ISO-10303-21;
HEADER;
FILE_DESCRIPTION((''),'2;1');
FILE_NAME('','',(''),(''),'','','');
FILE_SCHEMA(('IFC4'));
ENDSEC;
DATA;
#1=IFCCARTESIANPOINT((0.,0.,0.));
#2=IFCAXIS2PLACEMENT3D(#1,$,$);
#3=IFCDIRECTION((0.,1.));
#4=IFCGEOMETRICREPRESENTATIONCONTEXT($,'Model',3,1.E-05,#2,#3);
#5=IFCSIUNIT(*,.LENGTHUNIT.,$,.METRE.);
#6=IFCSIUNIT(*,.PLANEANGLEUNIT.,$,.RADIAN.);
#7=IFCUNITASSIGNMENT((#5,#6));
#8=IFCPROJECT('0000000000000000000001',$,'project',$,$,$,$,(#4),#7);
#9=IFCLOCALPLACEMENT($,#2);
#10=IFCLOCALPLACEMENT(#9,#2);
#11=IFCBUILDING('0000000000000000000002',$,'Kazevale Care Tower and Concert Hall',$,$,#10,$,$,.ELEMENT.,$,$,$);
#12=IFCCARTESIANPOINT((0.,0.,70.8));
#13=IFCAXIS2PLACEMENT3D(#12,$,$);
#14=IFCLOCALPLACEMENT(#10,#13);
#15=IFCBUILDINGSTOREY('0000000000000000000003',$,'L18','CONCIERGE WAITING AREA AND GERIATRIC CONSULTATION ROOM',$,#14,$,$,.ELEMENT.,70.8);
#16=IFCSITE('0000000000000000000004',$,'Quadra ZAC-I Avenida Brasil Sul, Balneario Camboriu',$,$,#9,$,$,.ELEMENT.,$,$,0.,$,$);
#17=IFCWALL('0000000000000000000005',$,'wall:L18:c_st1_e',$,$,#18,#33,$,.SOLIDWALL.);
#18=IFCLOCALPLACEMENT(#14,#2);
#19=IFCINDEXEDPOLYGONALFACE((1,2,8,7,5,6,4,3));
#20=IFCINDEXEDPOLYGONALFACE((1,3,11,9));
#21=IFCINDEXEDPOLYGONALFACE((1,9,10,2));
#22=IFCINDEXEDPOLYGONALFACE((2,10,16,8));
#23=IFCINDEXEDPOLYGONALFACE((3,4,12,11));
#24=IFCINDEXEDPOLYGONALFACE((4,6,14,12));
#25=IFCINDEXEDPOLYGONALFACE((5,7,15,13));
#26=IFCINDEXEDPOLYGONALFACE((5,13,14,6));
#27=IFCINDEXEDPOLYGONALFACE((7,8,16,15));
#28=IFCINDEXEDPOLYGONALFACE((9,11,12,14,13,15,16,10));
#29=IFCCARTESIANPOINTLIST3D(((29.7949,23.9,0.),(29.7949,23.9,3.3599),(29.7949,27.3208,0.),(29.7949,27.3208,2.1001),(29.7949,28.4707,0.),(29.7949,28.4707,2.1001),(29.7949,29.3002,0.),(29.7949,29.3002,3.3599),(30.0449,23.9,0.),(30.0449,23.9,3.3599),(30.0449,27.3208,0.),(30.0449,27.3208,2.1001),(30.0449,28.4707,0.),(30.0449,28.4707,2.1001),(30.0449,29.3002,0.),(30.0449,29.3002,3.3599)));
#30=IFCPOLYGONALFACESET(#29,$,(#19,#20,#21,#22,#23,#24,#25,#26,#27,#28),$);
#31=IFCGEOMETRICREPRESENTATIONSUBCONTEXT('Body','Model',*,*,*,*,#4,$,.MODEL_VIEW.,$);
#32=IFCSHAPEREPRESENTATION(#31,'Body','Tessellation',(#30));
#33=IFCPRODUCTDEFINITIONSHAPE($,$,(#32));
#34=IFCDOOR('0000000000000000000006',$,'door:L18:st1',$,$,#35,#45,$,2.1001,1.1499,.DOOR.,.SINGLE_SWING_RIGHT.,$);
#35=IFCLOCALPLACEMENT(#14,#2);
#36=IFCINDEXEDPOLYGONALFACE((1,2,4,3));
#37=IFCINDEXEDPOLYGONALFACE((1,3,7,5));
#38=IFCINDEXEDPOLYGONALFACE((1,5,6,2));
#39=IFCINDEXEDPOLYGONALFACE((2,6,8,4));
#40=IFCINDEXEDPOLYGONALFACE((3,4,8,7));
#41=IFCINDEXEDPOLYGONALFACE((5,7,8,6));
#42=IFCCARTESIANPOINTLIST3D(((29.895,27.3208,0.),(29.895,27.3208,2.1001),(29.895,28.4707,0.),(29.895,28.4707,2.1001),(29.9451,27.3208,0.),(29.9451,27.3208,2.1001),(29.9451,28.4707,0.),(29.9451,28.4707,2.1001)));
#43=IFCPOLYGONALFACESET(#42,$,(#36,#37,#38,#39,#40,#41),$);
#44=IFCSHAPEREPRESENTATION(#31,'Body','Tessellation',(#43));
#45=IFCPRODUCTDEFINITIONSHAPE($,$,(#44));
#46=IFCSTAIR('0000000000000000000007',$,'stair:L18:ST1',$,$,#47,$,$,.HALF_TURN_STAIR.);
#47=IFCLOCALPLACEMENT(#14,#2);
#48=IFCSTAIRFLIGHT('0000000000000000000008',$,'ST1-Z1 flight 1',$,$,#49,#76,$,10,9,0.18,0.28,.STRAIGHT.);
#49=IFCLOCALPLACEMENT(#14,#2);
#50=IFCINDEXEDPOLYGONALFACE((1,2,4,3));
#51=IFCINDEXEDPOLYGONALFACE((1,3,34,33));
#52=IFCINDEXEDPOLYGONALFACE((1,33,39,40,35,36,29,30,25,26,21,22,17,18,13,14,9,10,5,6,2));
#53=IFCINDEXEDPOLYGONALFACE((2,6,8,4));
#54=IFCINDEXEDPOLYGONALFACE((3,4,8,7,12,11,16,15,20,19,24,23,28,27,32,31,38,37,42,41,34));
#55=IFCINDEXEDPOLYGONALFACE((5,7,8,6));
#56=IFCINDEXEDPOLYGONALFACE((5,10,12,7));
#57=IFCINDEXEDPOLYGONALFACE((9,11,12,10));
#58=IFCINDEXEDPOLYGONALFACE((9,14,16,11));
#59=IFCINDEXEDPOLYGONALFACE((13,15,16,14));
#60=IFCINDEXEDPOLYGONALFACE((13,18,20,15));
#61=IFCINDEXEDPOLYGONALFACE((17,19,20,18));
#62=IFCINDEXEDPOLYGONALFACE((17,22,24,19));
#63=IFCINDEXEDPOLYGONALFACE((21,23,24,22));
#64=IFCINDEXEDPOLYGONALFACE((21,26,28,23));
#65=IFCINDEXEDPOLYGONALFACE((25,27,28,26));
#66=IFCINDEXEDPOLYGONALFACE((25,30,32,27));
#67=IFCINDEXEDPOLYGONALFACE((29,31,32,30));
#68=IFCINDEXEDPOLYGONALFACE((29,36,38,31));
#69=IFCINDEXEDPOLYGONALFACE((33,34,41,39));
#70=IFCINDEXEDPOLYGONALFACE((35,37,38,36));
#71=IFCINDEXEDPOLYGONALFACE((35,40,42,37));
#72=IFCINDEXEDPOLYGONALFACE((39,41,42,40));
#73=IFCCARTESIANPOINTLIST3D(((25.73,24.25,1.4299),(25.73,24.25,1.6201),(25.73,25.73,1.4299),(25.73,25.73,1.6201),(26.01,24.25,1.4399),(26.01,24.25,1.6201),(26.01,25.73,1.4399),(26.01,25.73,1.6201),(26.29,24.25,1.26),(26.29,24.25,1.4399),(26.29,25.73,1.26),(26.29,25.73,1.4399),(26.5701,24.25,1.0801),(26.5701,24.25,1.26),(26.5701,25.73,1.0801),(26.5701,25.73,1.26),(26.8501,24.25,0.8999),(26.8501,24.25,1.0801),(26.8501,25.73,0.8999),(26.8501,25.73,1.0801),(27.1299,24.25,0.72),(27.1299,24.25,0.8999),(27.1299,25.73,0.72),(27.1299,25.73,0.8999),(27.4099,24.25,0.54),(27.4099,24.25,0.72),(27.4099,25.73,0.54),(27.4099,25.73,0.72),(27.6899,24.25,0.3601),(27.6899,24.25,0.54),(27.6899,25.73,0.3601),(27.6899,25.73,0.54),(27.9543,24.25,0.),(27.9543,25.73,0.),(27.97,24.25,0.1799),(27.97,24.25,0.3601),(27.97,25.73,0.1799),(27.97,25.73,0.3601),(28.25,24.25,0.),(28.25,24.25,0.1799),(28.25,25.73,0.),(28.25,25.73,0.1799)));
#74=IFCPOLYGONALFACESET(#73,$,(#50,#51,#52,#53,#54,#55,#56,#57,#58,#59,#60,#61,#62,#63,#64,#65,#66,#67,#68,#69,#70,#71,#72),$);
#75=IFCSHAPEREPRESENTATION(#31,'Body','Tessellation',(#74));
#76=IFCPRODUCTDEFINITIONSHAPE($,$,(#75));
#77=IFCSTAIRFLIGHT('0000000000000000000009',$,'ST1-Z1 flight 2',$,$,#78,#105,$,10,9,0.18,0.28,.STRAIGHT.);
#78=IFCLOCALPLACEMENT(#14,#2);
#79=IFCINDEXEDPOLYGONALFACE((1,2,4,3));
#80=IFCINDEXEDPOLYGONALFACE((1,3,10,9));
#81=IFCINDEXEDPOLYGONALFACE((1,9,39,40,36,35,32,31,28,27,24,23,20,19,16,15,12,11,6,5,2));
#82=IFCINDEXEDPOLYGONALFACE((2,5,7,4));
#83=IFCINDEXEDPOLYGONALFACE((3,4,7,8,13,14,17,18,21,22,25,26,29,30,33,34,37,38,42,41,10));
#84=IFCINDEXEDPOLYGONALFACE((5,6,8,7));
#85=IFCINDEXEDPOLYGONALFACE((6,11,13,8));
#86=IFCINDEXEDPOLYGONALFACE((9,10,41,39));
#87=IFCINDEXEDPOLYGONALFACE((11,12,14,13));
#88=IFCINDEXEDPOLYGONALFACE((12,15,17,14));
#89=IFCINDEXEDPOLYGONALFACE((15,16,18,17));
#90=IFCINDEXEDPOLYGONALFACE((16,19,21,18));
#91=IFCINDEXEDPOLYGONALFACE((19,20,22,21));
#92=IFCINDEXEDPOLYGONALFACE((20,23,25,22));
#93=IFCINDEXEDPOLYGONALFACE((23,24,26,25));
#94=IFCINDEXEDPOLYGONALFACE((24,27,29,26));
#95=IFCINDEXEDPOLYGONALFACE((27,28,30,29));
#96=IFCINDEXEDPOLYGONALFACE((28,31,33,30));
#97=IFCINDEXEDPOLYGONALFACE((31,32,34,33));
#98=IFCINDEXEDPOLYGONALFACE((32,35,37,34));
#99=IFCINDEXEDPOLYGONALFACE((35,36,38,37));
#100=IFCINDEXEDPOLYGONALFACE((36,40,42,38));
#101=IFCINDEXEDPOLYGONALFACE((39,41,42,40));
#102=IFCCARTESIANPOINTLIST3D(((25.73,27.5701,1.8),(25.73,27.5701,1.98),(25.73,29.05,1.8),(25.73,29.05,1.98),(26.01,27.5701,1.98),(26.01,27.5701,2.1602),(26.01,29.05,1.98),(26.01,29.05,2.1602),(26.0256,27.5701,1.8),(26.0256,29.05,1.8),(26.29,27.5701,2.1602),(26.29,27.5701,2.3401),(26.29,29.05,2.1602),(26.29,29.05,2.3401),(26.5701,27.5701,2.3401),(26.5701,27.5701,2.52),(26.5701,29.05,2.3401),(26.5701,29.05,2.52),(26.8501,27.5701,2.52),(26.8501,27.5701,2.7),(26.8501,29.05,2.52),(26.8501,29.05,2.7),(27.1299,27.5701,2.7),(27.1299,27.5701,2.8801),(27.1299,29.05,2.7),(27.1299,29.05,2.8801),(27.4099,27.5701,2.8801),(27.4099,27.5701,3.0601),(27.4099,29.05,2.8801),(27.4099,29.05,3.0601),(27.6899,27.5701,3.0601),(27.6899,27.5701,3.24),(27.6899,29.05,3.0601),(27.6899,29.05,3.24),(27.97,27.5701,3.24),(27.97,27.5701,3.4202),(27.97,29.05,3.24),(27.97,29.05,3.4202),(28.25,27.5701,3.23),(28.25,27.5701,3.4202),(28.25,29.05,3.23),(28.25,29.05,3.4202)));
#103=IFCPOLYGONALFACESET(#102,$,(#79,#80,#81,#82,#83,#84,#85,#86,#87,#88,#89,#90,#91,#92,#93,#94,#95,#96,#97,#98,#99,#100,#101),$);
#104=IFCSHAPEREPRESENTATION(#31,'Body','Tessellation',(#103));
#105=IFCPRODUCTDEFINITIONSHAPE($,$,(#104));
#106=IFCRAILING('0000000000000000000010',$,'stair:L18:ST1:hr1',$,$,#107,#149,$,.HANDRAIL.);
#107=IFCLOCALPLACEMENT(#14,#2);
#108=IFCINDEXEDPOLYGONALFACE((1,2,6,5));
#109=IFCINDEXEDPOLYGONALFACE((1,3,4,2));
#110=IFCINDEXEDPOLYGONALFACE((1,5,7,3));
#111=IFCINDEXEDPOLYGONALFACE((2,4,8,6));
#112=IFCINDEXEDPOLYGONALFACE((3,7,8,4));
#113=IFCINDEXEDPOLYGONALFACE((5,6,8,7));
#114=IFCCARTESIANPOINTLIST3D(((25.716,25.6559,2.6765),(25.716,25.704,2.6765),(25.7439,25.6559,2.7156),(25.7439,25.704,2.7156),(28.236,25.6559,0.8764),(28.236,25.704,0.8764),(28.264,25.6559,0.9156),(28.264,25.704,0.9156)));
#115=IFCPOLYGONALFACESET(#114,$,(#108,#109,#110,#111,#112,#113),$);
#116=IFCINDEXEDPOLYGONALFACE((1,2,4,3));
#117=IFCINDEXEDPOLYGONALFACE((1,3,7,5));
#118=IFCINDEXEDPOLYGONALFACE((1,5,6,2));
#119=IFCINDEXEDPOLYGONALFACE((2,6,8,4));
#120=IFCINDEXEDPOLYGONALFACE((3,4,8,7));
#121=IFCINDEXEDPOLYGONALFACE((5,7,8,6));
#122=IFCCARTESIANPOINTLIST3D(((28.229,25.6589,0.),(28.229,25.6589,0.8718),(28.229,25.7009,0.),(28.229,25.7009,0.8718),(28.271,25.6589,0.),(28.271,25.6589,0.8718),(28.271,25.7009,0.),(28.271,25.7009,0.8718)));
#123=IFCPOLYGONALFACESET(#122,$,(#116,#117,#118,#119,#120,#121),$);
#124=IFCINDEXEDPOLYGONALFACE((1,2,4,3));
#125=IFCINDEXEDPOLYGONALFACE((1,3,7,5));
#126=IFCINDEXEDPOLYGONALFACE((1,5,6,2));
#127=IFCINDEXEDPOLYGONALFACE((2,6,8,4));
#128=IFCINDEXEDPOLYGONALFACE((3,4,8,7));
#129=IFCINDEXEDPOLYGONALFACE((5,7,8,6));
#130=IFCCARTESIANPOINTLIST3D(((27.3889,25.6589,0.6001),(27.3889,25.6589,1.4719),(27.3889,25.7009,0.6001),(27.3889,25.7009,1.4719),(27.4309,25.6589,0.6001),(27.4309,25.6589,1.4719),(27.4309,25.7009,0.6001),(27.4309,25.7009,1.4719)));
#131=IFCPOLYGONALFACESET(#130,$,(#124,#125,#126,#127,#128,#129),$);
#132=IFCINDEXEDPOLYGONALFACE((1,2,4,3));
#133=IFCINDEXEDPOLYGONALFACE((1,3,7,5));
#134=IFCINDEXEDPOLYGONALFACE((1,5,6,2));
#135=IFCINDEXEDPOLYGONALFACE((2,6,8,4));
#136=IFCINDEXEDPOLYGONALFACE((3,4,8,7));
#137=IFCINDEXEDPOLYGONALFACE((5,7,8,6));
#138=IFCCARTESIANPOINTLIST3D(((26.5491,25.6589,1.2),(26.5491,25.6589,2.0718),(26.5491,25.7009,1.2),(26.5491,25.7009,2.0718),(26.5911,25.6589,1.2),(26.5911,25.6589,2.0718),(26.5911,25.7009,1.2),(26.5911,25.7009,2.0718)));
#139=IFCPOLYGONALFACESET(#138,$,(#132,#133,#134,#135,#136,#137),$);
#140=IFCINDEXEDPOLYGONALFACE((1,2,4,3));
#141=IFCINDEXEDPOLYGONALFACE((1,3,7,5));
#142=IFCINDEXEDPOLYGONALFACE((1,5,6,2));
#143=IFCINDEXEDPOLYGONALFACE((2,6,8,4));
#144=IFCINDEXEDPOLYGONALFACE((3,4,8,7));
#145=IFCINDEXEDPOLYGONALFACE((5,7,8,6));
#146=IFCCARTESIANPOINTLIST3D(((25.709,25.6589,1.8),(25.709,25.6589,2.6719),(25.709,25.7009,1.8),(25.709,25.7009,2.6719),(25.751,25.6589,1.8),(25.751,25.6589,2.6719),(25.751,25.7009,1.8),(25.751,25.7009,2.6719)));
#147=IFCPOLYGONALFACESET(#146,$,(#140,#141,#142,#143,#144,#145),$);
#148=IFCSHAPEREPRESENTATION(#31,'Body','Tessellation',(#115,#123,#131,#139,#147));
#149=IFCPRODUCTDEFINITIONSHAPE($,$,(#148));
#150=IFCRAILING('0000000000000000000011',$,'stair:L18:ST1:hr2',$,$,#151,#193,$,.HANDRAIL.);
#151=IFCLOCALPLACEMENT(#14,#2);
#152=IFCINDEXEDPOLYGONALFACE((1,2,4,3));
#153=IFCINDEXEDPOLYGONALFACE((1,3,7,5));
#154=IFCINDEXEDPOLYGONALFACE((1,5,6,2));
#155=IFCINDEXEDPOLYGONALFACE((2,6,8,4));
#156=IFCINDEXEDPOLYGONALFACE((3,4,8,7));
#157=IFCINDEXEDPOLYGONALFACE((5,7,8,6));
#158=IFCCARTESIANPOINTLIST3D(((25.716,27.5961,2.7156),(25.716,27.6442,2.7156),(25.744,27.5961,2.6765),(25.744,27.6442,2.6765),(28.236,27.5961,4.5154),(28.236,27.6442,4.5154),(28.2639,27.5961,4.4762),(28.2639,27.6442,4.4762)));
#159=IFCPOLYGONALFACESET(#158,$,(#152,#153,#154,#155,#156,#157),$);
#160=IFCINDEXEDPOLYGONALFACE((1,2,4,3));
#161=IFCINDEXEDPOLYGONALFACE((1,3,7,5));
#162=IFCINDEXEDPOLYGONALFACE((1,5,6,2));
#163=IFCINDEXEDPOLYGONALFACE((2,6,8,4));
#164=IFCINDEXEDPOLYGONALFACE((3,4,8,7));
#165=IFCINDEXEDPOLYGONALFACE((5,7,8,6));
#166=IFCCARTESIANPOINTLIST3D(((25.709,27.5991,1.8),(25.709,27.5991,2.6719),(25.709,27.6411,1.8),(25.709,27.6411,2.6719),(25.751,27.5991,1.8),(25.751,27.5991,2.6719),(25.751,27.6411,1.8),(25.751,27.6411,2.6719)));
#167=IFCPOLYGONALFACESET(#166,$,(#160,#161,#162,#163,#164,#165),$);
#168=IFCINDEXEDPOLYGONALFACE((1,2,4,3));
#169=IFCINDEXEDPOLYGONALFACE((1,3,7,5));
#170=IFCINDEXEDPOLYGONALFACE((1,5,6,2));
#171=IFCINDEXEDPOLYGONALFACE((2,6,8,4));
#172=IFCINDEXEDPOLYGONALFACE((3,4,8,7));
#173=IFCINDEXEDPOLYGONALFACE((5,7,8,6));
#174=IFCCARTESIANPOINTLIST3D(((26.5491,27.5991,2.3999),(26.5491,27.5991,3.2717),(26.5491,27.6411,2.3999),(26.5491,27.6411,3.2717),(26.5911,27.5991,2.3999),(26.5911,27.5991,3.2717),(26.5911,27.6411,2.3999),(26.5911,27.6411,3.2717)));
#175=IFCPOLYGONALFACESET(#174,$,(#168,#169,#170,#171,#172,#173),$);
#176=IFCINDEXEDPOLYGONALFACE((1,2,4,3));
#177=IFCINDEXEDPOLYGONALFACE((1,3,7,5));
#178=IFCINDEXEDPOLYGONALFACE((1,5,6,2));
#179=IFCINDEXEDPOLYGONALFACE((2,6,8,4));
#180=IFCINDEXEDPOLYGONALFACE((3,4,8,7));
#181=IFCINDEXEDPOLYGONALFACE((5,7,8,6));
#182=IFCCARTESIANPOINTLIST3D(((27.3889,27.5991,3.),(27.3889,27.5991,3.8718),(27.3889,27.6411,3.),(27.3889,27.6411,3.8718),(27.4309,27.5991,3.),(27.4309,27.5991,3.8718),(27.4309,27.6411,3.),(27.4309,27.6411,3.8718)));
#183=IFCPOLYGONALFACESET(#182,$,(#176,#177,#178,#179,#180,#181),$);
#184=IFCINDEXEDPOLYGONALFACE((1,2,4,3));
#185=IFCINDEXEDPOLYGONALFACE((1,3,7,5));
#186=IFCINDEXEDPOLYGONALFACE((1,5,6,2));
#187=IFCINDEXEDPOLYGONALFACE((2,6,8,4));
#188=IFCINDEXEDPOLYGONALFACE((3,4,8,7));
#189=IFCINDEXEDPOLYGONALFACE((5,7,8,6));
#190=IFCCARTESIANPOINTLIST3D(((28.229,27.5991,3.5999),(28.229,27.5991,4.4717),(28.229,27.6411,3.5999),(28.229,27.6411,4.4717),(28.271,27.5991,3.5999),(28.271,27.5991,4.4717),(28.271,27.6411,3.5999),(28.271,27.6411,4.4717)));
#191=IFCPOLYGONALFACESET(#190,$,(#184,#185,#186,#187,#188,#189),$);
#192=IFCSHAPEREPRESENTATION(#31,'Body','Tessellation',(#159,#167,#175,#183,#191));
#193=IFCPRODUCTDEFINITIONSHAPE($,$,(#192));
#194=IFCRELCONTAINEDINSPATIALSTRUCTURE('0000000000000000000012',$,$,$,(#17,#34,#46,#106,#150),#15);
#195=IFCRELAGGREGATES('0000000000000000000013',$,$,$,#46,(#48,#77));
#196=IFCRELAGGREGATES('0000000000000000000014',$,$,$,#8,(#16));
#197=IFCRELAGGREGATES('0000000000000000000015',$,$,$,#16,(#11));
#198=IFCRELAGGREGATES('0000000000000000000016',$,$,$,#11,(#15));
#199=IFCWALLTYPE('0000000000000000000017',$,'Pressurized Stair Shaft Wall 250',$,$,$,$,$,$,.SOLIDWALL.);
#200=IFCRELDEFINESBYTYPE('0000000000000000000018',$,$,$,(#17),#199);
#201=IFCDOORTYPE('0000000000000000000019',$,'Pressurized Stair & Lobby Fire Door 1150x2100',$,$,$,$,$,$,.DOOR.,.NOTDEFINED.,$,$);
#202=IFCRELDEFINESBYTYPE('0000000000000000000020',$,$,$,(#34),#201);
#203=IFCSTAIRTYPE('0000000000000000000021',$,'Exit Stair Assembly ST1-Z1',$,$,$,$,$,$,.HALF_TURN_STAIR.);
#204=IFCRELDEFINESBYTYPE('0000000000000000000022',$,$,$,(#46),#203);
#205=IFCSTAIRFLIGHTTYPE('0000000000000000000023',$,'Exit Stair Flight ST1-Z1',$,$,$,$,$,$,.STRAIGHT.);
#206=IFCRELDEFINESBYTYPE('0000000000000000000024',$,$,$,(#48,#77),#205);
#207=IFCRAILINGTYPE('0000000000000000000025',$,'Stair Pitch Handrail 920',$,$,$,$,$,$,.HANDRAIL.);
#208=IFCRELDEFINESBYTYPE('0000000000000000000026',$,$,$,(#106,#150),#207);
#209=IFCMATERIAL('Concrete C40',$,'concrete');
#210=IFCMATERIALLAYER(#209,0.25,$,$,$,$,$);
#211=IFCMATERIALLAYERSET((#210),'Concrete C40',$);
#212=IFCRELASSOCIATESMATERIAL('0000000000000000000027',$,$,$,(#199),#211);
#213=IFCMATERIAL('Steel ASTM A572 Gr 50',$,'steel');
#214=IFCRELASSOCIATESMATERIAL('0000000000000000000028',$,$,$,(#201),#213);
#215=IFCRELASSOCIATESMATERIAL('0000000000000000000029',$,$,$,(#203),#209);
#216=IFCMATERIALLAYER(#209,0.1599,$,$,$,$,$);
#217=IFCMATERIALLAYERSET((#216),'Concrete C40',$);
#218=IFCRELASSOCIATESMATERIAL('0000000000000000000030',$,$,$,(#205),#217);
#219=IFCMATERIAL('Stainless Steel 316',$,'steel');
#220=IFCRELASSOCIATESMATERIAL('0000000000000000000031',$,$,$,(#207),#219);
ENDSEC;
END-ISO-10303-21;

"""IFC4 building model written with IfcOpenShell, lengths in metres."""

from ifc_helpers import new_model, si_unit, direction, frame, frame_2d, origin, origin_2d, place, context, subcontext, project, spatial, polyline, rectangle, outline, extrude, material, layer, layer_set, type_object, element, fill, aggregate, save


model = new_model("IFC4")

# Units and contexts
model_context = context("Model", 3, precision=1e-05, world=origin(), true_north=direction((0.0, 1.0)))
body_context = subcontext(model_context, "Body", "Model", "MODEL_VIEW")
ifc_project = project(units=[si_unit("LENGTHUNIT", "METRE"), si_unit("PLANEANGLEUNIT", "RADIAN")], contexts=[model_context])

# Site, building, storey
site_placement = place(None, origin())
site = spatial("IfcSite", under=ifc_project, at=site_placement, Name="Quadra ZAC-I Avenida Brasil Sul, Balneario Camboriu", CompositionType="ELEMENT", RefElevation=0.0)
building_placement = place(site_placement, origin())
building = spatial("IfcBuilding", under=site, at=building_placement, Name="Kazevale Care Tower and Concert Hall", CompositionType="ELEMENT")
storey_placement = place(building_placement, frame((0.0, 0.0, 70.8)))
storey = spatial("IfcBuildingStorey", under=building, at=storey_placement, Name="L18", Description="CONCIERGE WAITING AREA AND GERIATRIC CONSULTATION ROOM", CompositionType="ELEMENT", Elevation=70.8)

# Shared definitions
ifc_material_1 = material(Name="Steel ASTM A572 Gr 50", Category="steel")

# Shared definitions
ifc_material_2 = material(Name="Concrete C40", Category="concrete")
ifc_material_3 = material(Name="Stainless Steel 316", Category="steel")

# Wall, opening, door
ifc_layer_1 = layer(ifc_material_2, 0.25)
ifc_layer_set_1 = layer_set([ifc_layer_1], Name="Concrete C40")
wall_type_1 = type_object("IfcWallType", Name="Pressurized Stair Shaft Wall 250", PredefinedType="SOLIDWALL", material=ifc_layer_set_1)
wall_1_placement = place(storey_placement, frame((29.9199, 23.8999, 0.0), z_axis=(0.0, 0.0, 1.0), x_axis=(0.0, 1.0, 0.0)))
wall_1 = element("IfcWall", 1, at=wall_1_placement, inside=storey, type_object=wall_type_1, Name="wall:L18:c_st1_e", PredefinedType="SOLIDWALL", context=body_context, shape_type="SweptSolid", body=[
    extrude(rectangle(XDim=5.4001, YDim=0.25, at=frame_2d((2.7002, 0.0))), origin(), (0.0, 0.0, 1.0), 3.3599),
])
opening_1_placement = place(wall_1_placement, frame((3.4209, 0.0, 0.0)))
opening_1 = element("IfcOpeningElement", 2, at=opening_1_placement, cuts=wall_1, PredefinedType="OPENING", context=body_context, shape_type="SweptSolid", body=[
    extrude(rectangle(XDim=1.1499, YDim=2.1001, at=frame_2d((0.575, 1.05))), frame((0.0, 0.135, 0.0), z_axis=(0.0, -1.0, 0.0), x_axis=(1.0, 0.0, 0.0)), (0.0, 0.0, 1.0), 0.27),
])
door_type_1 = type_object("IfcDoorType", Name="Pressurized Stair & Lobby Fire Door 1150x2100", OperationType="NOTDEFINED", PredefinedType="DOOR", material=ifc_material_1)
door_1_placement = place(opening_1_placement, origin())
door_1 = element("IfcDoor", 3, at=door_1_placement, inside=storey, type_object=door_type_1, Name="door:L18:st1", OperationType="SINGLE_SWING_RIGHT", OverallHeight=2.1001, OverallWidth=1.1499, PredefinedType="DOOR", context=body_context, shape_type="SweptSolid", body=[
    extrude(rectangle(XDim=1.1499, YDim=2.1001, at=frame_2d((0.575, 1.05))), frame((0.0, 0.0249, 0.0), z_axis=(0.0, -1.0, 0.0), x_axis=(1.0, 0.0, 0.0)), (0.0, 0.0, 1.0), 0.05),
])
fill(opening_1, door_1)

# Stair, stair flights
stair_type = type_object("IfcStairType", Name="Exit Stair Assembly ST1-Z1", PredefinedType="HALF_TURN_STAIR", material=ifc_material_2)
stair_placement = place(storey_placement, origin())
stair = element("IfcStair", 4, at=stair_placement, inside=storey, type_object=stair_type, Name="stair:L18:ST1", PredefinedType="HALF_TURN_STAIR")
ifc_layer_2 = layer(ifc_material_2, 0.1599)
ifc_layer_set_2 = layer_set([ifc_layer_2], Name="Concrete C40")
stair_flight_type = type_object("IfcStairFlightType", Name="Exit Stair Flight ST1-Z1", PredefinedType="STRAIGHT", material=ifc_layer_set_2)
stair_flight_1_placement = place(storey_placement, frame((28.25, 24.99, 0.0), z_axis=(0.0, 0.0, 1.0), x_axis=(-1.0, 0.0, 0.0)))
stair_flight_1 = element("IfcStairFlight", 5, at=stair_flight_1_placement, type_object=stair_flight_type, Name="ST1-Z1 flight 1", NumberOfRisers=10, NumberOfTreads=9, PredefinedType="STRAIGHT", RiserHeight=0.18, TreadLength=0.28, context=body_context, shape_type="SweptSolid", body=[
    extrude(outline(polyline([(0.0, 0.0), (0.0, 0.1799), (0.28, 0.1799), (0.28, 0.3601), (0.5601, 0.3601), (0.5601, 0.54), (0.8401, 0.54), (0.8401, 0.72), (1.1201, 0.72), (1.1201, 0.8999), (1.3999, 0.8999), (1.3999, 1.0801), (1.6799, 1.0801), (1.6799, 1.26), (1.96, 1.26), (1.96, 1.4399), (2.24, 1.4399), (2.24, 1.6201), (2.52, 1.6201), (2.52, 1.8), (2.52, 1.4299), (0.2957, 0.0), (0.0, 0.0)])), frame((0.0, 0.74, 0.0), z_axis=(0.0, -1.0, 0.0), x_axis=(1.0, 0.0, 0.0)), (0.0, 0.0, 1.0), 1.48),
])
stair_flight_2_placement = place(storey_placement, frame((25.73, 28.3101, 1.8), z_axis=(0.0, 0.0, 1.0), x_axis=(1.0, 0.0, 0.0)))
stair_flight_2 = element("IfcStairFlight", 6, at=stair_flight_2_placement, type_object=stair_flight_type, Name="ST1-Z1 flight 2", NumberOfRisers=10, NumberOfTreads=9, PredefinedType="STRAIGHT", RiserHeight=0.18, TreadLength=0.28, context=body_context, shape_type="SweptSolid", body=[
    extrude(outline(polyline([(0.0, 0.0), (0.0, 0.1799), (0.28, 0.1799), (0.28, 0.3601), (0.5601, 0.3601), (0.5601, 0.54), (0.8401, 0.54), (0.8401, 0.72), (1.1201, 0.72), (1.1201, 0.8999), (1.3999, 0.8999), (1.3999, 1.0801), (1.6799, 1.0801), (1.6799, 1.26), (1.96, 1.26), (1.96, 1.4399), (2.24, 1.4399), (2.24, 1.6201), (2.52, 1.6201), (2.52, 1.8), (2.52, 1.4299), (0.2957, 0.0), (0.0, 0.0)])), frame((0.0, 0.74, 0.0), z_axis=(0.0, -1.0, 0.0), x_axis=(1.0, 0.0, 0.0)), (0.0, 0.0, 1.0), 1.48),
])
aggregate(stair, [stair_flight_1, stair_flight_2])

# Railings
railing_type_1 = type_object("IfcRailingType", Name="Stair Pitch Handrail 920", PredefinedType="HANDRAIL", material=ifc_material_3)
railing_1_placement = place(storey_placement, frame((28.25, 25.6799, 0.0)))
element("IfcRailing", 7, at=railing_1_placement, inside=storey, type_object=railing_type_1, Name="stair:L18:ST1:hr1", PredefinedType="HANDRAIL", context=body_context, shape_type="SweptSolid", body=[
    extrude(rectangle(XDim=0.0481, YDim=0.0481, at=origin_2d()), frame((0.0, 0.0, 0.896), z_axis=(-0.813728, 0.0, 0.581246), x_axis=(0.0, -1.0, 0.0)), (0.0, 0.0, 1.0), 3.0969),
    extrude(rectangle(XDim=0.042, YDim=0.042, at=origin_2d()), origin(), (0.0, 0.0, 1.0), 0.8718),
    extrude(rectangle(XDim=0.042, YDim=0.042, at=origin_2d()), frame((-0.8401, 0.0, 0.6001)), (0.0, 0.0, 1.0), 0.8718),
    extrude(rectangle(XDim=0.042, YDim=0.042, at=origin_2d()), frame((-1.6799, 0.0, 1.2)), (0.0, 0.0, 1.0), 0.8718),
    extrude(rectangle(XDim=0.042, YDim=0.042, at=origin_2d()), frame((-2.52, 0.0, 1.8)), (0.0, 0.0, 1.0), 0.8718),
])
railing_2_placement = place(storey_placement, frame((25.73, 27.6201, 1.8)))
element("IfcRailing", 8, at=railing_2_placement, inside=storey, type_object=railing_type_1, Name="stair:L18:ST1:hr2", PredefinedType="HANDRAIL", context=body_context, shape_type="SweptSolid", body=[
    extrude(rectangle(XDim=0.0481, YDim=0.0481, at=origin_2d()), frame((0.0, 0.0, 0.896), z_axis=(0.813765, 0.0, 0.581193), x_axis=(0.0, 1.0, 0.0)), (0.0, 0.0, 1.0), 3.0967),
    extrude(rectangle(XDim=0.042, YDim=0.042, at=origin_2d()), origin(), (0.0, 0.0, 1.0), 0.8718),
    extrude(rectangle(XDim=0.042, YDim=0.042, at=origin_2d()), frame((0.8401, 0.0, 0.5999)), (0.0, 0.0, 1.0), 0.8718),
    extrude(rectangle(XDim=0.042, YDim=0.042, at=origin_2d()), frame((1.6799, 0.0, 1.2)), (0.0, 0.0, 1.0), 0.8718),
    extrude(rectangle(XDim=0.042, YDim=0.042, at=origin_2d()), frame((2.52, 0.0, 1.7998)), (0.0, 0.0, 1.0), 0.8718),
])

save(model, "model.ifc")
